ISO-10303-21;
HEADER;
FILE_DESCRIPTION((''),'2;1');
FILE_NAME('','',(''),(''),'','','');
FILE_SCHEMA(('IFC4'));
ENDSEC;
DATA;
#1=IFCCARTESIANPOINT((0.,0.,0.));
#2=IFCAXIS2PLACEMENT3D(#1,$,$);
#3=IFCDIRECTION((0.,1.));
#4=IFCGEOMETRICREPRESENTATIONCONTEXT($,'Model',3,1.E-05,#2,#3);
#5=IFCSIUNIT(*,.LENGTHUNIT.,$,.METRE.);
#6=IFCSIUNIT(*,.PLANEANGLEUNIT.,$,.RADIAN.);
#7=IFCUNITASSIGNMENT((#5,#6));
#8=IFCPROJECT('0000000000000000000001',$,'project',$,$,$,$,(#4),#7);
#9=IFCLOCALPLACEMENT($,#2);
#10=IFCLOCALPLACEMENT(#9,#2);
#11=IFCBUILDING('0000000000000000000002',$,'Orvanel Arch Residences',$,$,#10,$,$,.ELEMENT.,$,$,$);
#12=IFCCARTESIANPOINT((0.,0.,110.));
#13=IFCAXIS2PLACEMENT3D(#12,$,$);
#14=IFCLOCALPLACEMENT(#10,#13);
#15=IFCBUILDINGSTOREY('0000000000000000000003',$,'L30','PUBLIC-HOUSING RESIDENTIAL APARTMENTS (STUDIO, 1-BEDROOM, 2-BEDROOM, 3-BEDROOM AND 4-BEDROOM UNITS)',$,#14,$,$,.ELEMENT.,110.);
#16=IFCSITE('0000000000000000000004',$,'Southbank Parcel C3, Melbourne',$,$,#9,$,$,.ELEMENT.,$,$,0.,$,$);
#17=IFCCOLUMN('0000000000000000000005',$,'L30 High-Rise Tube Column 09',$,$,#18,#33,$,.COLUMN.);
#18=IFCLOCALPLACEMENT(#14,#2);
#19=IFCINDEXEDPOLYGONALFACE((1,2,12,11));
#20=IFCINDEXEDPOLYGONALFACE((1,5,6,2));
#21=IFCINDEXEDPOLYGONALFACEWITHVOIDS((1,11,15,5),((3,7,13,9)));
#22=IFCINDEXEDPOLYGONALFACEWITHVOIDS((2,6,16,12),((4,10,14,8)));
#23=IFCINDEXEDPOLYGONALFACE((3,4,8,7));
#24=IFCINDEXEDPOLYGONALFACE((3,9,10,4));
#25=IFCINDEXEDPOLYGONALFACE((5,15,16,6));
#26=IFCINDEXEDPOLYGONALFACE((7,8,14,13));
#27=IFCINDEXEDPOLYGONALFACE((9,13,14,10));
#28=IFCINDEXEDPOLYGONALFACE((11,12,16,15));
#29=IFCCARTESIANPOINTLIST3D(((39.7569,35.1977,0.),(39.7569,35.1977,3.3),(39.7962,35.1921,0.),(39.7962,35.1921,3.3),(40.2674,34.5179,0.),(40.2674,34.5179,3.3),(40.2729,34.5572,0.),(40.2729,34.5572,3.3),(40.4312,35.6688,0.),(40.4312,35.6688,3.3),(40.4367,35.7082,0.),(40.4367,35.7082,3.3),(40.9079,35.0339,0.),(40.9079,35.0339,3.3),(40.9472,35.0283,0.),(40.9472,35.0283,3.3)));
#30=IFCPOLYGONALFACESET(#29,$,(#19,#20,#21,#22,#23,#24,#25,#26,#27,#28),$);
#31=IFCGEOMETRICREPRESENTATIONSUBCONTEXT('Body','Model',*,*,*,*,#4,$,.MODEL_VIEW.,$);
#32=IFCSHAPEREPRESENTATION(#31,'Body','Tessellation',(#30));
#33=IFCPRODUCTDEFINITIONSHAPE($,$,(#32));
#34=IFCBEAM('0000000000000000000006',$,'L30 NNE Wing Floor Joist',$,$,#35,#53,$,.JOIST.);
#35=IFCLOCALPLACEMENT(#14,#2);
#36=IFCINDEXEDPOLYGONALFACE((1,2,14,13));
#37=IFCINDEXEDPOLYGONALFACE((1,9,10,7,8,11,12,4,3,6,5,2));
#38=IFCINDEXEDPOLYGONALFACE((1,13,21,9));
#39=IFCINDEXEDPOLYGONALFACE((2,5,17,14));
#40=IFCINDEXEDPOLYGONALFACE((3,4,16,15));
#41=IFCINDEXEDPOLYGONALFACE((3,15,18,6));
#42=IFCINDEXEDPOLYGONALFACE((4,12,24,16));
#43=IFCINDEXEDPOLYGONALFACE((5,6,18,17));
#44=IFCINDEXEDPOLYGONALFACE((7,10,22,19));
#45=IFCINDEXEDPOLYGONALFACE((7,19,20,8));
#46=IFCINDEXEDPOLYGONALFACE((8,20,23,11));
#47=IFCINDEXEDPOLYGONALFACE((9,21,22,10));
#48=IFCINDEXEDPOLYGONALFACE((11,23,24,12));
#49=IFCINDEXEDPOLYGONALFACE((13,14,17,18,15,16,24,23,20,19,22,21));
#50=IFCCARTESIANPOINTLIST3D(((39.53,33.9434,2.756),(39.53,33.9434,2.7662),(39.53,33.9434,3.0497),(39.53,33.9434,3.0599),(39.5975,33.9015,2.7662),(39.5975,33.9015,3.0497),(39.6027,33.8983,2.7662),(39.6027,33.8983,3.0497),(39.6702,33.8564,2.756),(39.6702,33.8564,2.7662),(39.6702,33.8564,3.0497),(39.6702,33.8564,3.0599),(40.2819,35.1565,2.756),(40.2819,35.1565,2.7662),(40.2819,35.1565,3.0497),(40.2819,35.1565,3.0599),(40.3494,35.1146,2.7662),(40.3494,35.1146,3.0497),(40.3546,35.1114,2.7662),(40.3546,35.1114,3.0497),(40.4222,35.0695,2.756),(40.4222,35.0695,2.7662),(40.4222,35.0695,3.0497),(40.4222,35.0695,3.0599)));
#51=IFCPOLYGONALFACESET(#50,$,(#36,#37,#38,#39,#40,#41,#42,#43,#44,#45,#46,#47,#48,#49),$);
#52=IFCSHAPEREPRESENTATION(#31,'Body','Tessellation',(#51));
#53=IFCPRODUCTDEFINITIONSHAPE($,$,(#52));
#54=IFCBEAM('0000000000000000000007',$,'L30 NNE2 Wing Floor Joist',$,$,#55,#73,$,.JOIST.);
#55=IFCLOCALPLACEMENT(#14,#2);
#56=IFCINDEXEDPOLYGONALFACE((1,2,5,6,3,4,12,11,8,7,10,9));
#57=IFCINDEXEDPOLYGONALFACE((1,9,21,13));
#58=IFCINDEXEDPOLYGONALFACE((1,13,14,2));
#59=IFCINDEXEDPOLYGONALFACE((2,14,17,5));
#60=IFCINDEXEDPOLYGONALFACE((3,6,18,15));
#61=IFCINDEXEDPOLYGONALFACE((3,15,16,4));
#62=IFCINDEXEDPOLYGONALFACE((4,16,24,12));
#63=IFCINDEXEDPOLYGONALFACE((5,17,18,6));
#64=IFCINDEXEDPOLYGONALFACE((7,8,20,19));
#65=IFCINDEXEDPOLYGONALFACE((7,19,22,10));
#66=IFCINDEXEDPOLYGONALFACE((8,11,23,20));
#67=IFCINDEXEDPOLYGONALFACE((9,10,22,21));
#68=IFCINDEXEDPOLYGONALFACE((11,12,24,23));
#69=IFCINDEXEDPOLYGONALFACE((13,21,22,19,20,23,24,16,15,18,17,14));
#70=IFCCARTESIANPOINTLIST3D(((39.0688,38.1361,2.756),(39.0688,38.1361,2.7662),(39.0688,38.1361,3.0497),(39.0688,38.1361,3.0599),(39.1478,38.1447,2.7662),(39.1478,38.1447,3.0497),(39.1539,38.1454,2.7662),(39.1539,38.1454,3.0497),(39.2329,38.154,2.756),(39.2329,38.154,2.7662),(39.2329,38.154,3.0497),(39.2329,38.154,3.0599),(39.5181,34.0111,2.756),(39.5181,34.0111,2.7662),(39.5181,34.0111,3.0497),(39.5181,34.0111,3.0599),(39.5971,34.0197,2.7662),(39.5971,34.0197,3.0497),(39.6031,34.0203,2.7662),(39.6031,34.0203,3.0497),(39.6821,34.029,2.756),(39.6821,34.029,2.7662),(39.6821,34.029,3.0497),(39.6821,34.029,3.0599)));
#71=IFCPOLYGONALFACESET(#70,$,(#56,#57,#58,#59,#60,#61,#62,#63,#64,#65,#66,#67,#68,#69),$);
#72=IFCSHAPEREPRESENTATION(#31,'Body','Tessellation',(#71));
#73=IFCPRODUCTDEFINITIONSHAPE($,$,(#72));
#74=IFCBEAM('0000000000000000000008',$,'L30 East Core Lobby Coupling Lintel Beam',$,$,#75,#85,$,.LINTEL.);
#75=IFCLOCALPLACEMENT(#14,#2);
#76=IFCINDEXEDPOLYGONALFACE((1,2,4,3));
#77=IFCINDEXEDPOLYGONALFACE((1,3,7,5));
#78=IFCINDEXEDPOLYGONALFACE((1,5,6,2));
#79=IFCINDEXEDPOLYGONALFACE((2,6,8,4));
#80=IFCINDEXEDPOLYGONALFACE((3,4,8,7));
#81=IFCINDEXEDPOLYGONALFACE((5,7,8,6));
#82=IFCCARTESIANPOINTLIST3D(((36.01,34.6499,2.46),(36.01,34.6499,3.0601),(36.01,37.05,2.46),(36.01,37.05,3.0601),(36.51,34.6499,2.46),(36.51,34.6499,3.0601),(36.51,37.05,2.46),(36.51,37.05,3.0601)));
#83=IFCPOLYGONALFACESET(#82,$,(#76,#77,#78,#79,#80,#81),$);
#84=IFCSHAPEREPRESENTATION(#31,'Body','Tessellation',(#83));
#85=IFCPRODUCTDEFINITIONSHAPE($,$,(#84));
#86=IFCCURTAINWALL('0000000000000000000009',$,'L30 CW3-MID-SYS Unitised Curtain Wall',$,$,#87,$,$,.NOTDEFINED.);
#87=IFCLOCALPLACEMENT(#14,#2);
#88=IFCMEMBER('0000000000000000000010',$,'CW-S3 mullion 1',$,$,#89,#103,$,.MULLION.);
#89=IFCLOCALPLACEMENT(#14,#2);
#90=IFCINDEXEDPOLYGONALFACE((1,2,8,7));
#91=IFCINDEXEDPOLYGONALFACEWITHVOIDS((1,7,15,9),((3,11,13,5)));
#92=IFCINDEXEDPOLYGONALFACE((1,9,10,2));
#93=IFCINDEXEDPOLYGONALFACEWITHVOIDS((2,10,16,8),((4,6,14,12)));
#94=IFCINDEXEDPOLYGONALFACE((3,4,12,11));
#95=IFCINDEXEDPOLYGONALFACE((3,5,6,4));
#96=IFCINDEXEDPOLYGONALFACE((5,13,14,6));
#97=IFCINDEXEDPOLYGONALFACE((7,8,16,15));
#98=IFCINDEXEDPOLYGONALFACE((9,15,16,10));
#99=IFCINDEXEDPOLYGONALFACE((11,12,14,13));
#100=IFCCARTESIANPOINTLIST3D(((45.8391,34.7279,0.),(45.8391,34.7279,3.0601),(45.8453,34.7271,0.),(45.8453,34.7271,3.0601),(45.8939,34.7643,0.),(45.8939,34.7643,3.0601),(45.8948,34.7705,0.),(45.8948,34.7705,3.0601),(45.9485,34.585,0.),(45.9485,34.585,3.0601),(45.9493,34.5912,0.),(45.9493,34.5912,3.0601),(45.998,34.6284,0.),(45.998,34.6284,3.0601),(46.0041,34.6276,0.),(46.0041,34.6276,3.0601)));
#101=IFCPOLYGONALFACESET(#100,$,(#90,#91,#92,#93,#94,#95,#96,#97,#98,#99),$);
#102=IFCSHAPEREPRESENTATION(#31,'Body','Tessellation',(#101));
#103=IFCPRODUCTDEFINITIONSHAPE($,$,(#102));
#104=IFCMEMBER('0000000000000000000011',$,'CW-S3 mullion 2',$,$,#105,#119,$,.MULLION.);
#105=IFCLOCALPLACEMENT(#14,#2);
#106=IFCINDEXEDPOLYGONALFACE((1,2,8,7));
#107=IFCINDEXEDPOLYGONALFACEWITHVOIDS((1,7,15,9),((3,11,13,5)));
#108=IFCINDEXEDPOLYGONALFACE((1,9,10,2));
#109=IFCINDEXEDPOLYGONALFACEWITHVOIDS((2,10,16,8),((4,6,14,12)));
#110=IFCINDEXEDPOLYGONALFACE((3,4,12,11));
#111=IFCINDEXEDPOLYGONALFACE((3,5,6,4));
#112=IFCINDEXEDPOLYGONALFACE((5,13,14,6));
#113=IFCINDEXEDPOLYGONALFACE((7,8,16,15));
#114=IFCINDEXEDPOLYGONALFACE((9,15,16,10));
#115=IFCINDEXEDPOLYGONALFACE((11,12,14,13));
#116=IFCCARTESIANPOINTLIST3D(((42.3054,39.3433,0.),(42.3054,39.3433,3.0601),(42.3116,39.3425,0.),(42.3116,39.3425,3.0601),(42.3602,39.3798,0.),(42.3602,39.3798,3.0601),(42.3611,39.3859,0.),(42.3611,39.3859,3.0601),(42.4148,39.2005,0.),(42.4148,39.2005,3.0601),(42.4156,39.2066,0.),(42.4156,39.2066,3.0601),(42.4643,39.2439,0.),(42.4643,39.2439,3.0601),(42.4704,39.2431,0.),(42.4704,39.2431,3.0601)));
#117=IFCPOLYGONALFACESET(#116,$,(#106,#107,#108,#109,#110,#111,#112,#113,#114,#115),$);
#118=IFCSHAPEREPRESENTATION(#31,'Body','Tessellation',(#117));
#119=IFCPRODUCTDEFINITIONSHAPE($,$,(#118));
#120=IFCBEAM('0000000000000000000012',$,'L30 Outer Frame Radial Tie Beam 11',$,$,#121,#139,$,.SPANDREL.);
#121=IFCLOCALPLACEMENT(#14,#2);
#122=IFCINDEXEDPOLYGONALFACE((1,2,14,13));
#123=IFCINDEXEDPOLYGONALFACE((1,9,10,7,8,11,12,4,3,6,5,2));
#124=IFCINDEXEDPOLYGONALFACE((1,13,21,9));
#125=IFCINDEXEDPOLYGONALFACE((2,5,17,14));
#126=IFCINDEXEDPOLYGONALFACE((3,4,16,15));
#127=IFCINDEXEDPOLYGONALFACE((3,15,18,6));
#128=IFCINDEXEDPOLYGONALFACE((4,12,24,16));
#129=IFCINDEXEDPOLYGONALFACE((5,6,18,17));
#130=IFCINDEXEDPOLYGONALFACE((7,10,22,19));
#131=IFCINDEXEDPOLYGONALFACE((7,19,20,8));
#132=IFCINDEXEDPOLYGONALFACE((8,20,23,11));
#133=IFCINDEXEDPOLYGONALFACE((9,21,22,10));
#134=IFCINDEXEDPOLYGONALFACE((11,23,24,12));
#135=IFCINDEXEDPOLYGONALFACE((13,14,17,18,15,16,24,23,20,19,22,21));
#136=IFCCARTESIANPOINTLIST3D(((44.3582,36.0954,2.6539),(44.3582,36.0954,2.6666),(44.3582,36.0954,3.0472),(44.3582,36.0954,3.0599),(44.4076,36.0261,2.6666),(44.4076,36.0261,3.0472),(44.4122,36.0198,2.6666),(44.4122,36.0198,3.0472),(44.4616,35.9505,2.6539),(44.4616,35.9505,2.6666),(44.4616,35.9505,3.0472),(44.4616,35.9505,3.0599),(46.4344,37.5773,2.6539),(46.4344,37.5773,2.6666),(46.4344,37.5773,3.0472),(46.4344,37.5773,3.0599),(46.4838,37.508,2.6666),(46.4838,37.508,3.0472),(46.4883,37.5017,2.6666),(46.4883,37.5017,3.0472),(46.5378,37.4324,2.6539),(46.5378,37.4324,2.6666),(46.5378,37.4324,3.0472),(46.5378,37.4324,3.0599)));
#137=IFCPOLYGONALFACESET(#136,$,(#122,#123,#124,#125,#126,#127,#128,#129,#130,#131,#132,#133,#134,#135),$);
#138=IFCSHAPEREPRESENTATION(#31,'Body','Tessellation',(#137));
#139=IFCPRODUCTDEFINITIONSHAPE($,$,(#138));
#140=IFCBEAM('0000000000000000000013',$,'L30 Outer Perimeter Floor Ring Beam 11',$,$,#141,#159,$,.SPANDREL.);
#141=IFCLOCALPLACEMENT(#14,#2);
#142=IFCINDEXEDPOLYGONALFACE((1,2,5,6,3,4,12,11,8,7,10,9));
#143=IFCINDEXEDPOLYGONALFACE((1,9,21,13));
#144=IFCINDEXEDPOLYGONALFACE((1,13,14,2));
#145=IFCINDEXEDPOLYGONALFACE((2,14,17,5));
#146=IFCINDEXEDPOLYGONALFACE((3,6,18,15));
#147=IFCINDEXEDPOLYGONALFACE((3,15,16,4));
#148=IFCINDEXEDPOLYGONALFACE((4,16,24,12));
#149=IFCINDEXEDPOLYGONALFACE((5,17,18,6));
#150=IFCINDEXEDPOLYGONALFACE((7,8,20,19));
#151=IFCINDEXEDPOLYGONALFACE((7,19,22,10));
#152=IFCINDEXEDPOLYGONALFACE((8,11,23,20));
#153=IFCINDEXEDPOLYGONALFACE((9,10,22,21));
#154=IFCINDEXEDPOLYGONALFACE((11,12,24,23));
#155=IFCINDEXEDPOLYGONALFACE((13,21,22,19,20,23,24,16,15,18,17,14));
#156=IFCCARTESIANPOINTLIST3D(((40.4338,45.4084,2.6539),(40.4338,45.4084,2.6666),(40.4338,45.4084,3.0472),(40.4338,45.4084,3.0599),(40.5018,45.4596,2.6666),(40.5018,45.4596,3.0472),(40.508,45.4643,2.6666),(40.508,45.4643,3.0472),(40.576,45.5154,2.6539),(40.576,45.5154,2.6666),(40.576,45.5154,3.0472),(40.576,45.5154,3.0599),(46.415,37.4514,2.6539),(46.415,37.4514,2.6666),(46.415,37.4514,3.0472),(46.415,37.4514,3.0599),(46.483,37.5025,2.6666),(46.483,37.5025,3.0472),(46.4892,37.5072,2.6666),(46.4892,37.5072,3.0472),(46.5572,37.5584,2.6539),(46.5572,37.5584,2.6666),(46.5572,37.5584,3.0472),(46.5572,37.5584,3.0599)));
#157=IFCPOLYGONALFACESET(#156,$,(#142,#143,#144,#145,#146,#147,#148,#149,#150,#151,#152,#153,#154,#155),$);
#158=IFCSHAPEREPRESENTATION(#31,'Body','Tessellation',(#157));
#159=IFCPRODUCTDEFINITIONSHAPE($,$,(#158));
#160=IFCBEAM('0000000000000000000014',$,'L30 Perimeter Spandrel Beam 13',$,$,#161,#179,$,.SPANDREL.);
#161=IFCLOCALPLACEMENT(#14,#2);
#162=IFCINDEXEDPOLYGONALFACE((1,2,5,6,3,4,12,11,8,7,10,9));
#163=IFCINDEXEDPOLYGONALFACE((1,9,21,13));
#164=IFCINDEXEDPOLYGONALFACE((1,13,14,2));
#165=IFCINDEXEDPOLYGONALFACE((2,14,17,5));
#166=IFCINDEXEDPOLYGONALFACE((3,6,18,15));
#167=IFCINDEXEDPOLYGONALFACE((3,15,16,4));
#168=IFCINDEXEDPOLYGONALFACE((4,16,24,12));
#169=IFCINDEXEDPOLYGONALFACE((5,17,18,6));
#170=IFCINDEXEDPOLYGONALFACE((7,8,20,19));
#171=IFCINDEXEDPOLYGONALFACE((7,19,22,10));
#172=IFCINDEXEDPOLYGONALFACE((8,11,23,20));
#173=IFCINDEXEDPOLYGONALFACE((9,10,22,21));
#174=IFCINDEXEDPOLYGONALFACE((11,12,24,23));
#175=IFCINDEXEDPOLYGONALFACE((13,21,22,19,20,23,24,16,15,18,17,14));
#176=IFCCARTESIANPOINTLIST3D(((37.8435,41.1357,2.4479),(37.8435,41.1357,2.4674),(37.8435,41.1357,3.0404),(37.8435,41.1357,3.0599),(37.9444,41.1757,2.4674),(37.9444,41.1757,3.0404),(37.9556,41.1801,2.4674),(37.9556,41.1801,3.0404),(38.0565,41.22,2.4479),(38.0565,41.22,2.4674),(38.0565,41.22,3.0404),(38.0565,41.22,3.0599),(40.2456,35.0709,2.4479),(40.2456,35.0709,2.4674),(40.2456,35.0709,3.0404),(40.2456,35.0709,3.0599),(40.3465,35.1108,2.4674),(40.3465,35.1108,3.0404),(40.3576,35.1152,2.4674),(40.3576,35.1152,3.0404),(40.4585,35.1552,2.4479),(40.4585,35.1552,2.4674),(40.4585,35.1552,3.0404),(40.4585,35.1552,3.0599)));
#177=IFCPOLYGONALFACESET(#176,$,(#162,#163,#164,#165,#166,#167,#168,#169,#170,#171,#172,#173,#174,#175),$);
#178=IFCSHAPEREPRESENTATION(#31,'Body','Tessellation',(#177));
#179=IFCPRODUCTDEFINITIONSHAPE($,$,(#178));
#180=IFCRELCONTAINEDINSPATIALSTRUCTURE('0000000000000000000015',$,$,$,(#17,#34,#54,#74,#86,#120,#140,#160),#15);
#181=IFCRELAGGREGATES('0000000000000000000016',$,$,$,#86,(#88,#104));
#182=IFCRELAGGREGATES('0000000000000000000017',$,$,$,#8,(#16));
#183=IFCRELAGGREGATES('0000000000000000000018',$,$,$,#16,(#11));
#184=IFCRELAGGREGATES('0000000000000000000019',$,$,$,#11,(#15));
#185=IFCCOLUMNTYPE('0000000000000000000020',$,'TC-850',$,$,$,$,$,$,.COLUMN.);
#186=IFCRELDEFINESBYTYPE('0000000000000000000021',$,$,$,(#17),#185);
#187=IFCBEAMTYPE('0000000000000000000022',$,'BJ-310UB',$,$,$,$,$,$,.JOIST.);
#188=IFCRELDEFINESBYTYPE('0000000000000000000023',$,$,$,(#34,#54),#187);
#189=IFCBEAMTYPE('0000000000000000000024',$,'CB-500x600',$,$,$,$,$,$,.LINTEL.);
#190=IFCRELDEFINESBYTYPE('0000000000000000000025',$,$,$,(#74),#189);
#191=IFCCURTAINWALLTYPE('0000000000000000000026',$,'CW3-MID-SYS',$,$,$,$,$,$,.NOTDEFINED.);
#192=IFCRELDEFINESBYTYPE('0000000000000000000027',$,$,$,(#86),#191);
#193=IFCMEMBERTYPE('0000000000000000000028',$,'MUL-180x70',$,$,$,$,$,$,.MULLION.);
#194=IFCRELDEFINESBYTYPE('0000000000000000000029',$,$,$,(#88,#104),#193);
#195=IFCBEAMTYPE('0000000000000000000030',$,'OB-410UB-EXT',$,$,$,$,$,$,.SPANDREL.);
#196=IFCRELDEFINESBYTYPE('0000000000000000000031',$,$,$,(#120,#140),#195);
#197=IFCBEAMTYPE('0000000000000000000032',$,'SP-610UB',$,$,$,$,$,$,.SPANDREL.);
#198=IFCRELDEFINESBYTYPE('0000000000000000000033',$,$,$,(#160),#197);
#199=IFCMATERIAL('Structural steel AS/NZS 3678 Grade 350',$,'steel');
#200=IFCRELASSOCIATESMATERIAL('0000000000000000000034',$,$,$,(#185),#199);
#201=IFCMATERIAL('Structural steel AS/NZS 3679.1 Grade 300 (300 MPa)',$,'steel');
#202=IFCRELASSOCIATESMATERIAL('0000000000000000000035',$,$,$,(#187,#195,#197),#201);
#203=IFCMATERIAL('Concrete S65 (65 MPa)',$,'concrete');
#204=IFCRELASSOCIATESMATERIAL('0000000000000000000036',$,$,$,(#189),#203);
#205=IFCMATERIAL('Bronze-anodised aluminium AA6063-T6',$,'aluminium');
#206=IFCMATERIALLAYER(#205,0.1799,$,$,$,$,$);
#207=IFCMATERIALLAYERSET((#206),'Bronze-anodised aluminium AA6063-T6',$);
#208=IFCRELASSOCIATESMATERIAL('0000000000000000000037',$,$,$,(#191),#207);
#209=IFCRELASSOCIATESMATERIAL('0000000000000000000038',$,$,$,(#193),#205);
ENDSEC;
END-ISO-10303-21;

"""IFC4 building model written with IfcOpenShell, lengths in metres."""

from ifc_helpers import new_model, si_unit, direction, frame, origin, origin_2d, place, context, subcontext, project, spatial, rectangle, hollow_rectangle, i_section, extrude, material, layer, layer_set, material_profile, profile_set, type_object, element, aggregate, save


model = new_model("IFC4")

# Units and contexts
model_context = context("Model", 3, precision=1e-05, world=origin(), true_north=direction((0.0, 1.0)))
body_context = subcontext(model_context, "Body", "Model", "MODEL_VIEW")
ifc_project = project(units=[si_unit("LENGTHUNIT", "METRE"), si_unit("PLANEANGLEUNIT", "RADIAN")], contexts=[model_context])

# Site, building, storey
site_placement = place(None, origin())
site = spatial("IfcSite", under=ifc_project, at=site_placement, Name="Southbank Parcel C3, Melbourne", CompositionType="ELEMENT", RefElevation=0.0)
building_placement = place(site_placement, origin())
building = spatial("IfcBuilding", under=site, at=building_placement, Name="Orvanel Arch Residences", CompositionType="ELEMENT")
storey_placement = place(building_placement, frame((0.0, 0.0, 110.0)))
storey = spatial("IfcBuildingStorey", under=building, at=storey_placement, Name="L30", Description="PUBLIC-HOUSING RESIDENTIAL APARTMENTS (STUDIO, 1-BEDROOM, 2-BEDROOM, 3-BEDROOM AND 4-BEDROOM UNITS)", CompositionType="ELEMENT", Elevation=110.0)

# Column
ifc_material_1 = material(Name="Structural steel AS/NZS 3678 Grade 350", Category="steel")
ifc_material_profile_1 = material_profile(ifc_material_1, hollow_rectangle(XDim=0.8501, YDim=0.8501, WallThickness=0.0281, at=origin_2d()), Name="BOX850x850x28")
ifc_profile_set_1 = profile_set([ifc_material_profile_1], Name="Structural steel AS/NZS 3678 Grade 350")
column_type = type_object("IfcColumnType", Name="TC-850", PredefinedType="COLUMN", material=ifc_profile_set_1)
column_placement = place(storey_placement, frame((40.3521, 35.113, 0.0), z_axis=(0.0, 0.0, 1.0), x_axis=(-0.60042, 0.799685, 0.0)))
element("IfcColumn", 1, at=column_placement, inside=storey, type_object=column_type, Name="L30 High-Rise Tube Column 09", PredefinedType="COLUMN", context=body_context, shape_type="SweptSolid", body=[
    extrude(hollow_rectangle(XDim=0.8501, YDim=0.8501, WallThickness=0.0281, at=origin_2d()), origin(), (0.0, 0.0, 1.0), 3.3),
])

# Beams
ifc_material_2 = material(Name="Structural steel AS/NZS 3679.1 Grade 300 (300 MPa)", Category="steel")
ifc_material_profile_2 = material_profile(ifc_material_2, i_section(OverallWidth=0.165, OverallDepth=0.304, WebThickness=0.0061, FlangeThickness=0.0103, at=origin_2d()), Name="310UB40.4")
ifc_profile_set_2 = profile_set([ifc_material_profile_2], Name="Structural steel AS/NZS 3679.1 Grade 300 (300 MPa)")
beam_type_1 = type_object("IfcBeamType", Name="BJ-310UB", PredefinedType="JOIST", material=ifc_profile_set_2)
beam_1_placement = place(storey_placement, frame((39.6001, 33.8999, 2.908), z_axis=(0.526843, 0.849962, 0.0), x_axis=(-0.849962, 0.526843, 0.0)))
element("IfcBeam", 2, at=beam_1_placement, inside=storey, type_object=beam_type_1, Name="L30 NNE Wing Floor Joist", PredefinedType="JOIST", context=body_context, shape_type="SweptSolid", body=[
    extrude(i_section(OverallWidth=0.165, OverallDepth=0.304, WebThickness=0.0061, FlangeThickness=0.0103, at=origin_2d()), origin(), (0.0, 0.0, 1.0), 1.4272),
])
beam_2_placement = place(storey_placement, frame((39.6001, 34.02, 2.908), z_axis=(-0.108261, 0.994122, 0.0), x_axis=(-0.994122, -0.108261, 0.0)))
element("IfcBeam", 3, at=beam_2_placement, inside=storey, type_object=beam_type_1, Name="L30 NNE2 Wing Floor Joist", PredefinedType="JOIST", context=body_context, shape_type="SweptSolid", body=[
    extrude(i_section(OverallWidth=0.165, OverallDepth=0.304, WebThickness=0.0061, FlangeThickness=0.0103, at=origin_2d()), origin(), (0.0, 0.0, 1.0), 4.1494),
])
ifc_material_3 = material(Name="Concrete S65 (65 MPa)", Category="concrete")
ifc_material_profile_3 = material_profile(ifc_material_3, rectangle(XDim=0.5, YDim=0.6001, at=origin_2d()), Name="RC500x600")
ifc_profile_set_3 = profile_set([ifc_material_profile_3], Name="Concrete S65 (65 MPa)")
beam_type_2 = type_object("IfcBeamType", Name="CB-500x600", PredefinedType="LINTEL", material=ifc_profile_set_3)
beam_3_placement = place(storey_placement, frame((36.26, 34.6499, 2.76), z_axis=(0.0, 1.0, 0.0), x_axis=(-1.0, 0.0, 0.0)))
element("IfcBeam", 4, at=beam_3_placement, inside=storey, type_object=beam_type_2, Name="L30 East Core Lobby Coupling Lintel Beam", PredefinedType="LINTEL", context=body_context, shape_type="SweptSolid", body=[
    extrude(rectangle(XDim=0.5, YDim=0.6001, at=origin_2d()), origin(), (0.0, 0.0, 1.0), 2.4001),
])

# Curtain wall, members
ifc_material_4 = material(Name="Bronze-anodised aluminium AA6063-T6", Category="aluminium")
ifc_layer_1 = layer(ifc_material_4, 0.1799)
ifc_layer_set_1 = layer_set([ifc_layer_1], Name="Bronze-anodised aluminium AA6063-T6")
curtain_wall_type = type_object("IfcCurtainWallType", Name="CW3-MID-SYS", PredefinedType="NOTDEFINED", material=ifc_layer_set_1)
curtain_wall_placement = place(storey_placement, origin())
curtain_wall = element("IfcCurtainWall", 5, at=curtain_wall_placement, inside=storey, type_object=curtain_wall_type, Name="L30 CW3-MID-SYS Unitised Curtain Wall", PredefinedType="NOTDEFINED")
ifc_material_profile_4 = material_profile(ifc_material_4, hollow_rectangle(XDim=0.0701, YDim=0.1799, WallThickness=0.0044, at=origin_2d()), Name="ALU180x70x4.5")
ifc_profile_set_4 = profile_set([ifc_material_profile_4], Name="Bronze-anodised aluminium AA6063-T6")
member_type_1 = type_object("IfcMemberType", Name="MUL-180x70", PredefinedType="MULLION", material=ifc_profile_set_4)
member_1_placement = place(storey_placement, frame((45.9216, 34.6777, 0.0), z_axis=(0.0, 0.0, 1.0), x_axis=(-0.79401, -0.607905, 0.0)))
member_1 = element("IfcMember", 6, at=member_1_placement, type_object=member_type_1, Name="CW-S3 mullion 1", PredefinedType="MULLION", context=body_context, shape_type="SweptSolid", body=[
    extrude(hollow_rectangle(XDim=0.0701, YDim=0.1799, WallThickness=0.0044, at=origin_2d()), origin(), (0.0, 0.0, 1.0), 3.0601),
])
member_2_placement = place(storey_placement, frame((42.3879, 39.2932, 0.0), z_axis=(0.0, 0.0, 1.0), x_axis=(-0.79401, -0.607905, 0.0)))
member_2 = element("IfcMember", 7, at=member_2_placement, type_object=member_type_1, Name="CW-S3 mullion 2", PredefinedType="MULLION", context=body_context, shape_type="SweptSolid", body=[
    extrude(hollow_rectangle(XDim=0.0701, YDim=0.1799, WallThickness=0.0044, at=origin_2d()), origin(), (0.0, 0.0, 1.0), 3.0601),
])

# Beams
ifc_material_profile_5 = material_profile(ifc_material_2, i_section(OverallWidth=0.178, OverallDepth=0.406, WebThickness=0.0078, FlangeThickness=0.0127, at=origin_2d()), Name="410UB59.7")
ifc_profile_set_5 = profile_set([ifc_material_profile_5], Name="Structural steel AS/NZS 3679.1 Grade 300 (300 MPa)")
beam_type_3 = type_object("IfcBeamType", Name="OB-410UB-EXT", PredefinedType="SPANDREL", material=ifc_profile_set_5)
beam_4_placement = place(storey_placement, frame((44.4099, 36.0229, 2.8569), z_axis=(0.813927, 0.580967, 0.0), x_axis=(-0.580967, 0.813927, 0.0)))
element("IfcBeam", 8, at=beam_4_placement, inside=storey, type_object=beam_type_3, Name="L30 Outer Frame Radial Tie Beam 11", PredefinedType="SPANDREL", context=body_context, shape_type="SweptSolid", body=[
    extrude(i_section(OverallWidth=0.178, OverallDepth=0.406, WebThickness=0.0078, FlangeThickness=0.0127, at=origin_2d()), origin(), (0.0, 0.0, 1.0), 2.5508),
])
beam_5_placement = place(storey_placement, frame((46.4861, 37.5049, 2.8569), z_axis=(-0.600863, 0.799352, 0.0), x_axis=(-0.799352, -0.600863, 0.0)))
element("IfcBeam", 9, at=beam_5_placement, inside=storey, type_object=beam_type_3, Name="L30 Outer Perimeter Floor Ring Beam 11", PredefinedType="SPANDREL", context=body_context, shape_type="SweptSolid", body=[
    extrude(i_section(OverallWidth=0.178, OverallDepth=0.406, WebThickness=0.0078, FlangeThickness=0.0127, at=origin_2d()), origin(), (0.0, 0.0, 1.0), 9.9543),
])
ifc_material_profile_6 = material_profile(ifc_material_2, i_section(OverallWidth=0.229, OverallDepth=0.6121, WebThickness=0.012, FlangeThickness=0.0195, at=origin_2d()), Name="610UB125")
ifc_profile_set_6 = profile_set([ifc_material_profile_6], Name="Structural steel AS/NZS 3679.1 Grade 300 (300 MPa)")
beam_type_4 = type_object("IfcBeamType", Name="SP-610UB", PredefinedType="SPANDREL", material=ifc_profile_set_6)
beam_6_placement = place(storey_placement, frame((40.3521, 35.113, 2.7539), z_axis=(-0.368233, 0.929733, 0.0), x_axis=(-0.929733, -0.368233, 0.0)))
element("IfcBeam", 10, at=beam_6_placement, inside=storey, type_object=beam_type_4, Name="L30 Perimeter Spandrel Beam 13", PredefinedType="SPANDREL", context=body_context, shape_type="SweptSolid", body=[
    extrude(i_section(OverallWidth=0.229, OverallDepth=0.6121, WebThickness=0.012, FlangeThickness=0.0195, at=origin_2d()), origin(), (0.0, 0.0, 1.0), 6.5232),
])

aggregate(curtain_wall, [member_1, member_2])

save(model, "model.ifc")
